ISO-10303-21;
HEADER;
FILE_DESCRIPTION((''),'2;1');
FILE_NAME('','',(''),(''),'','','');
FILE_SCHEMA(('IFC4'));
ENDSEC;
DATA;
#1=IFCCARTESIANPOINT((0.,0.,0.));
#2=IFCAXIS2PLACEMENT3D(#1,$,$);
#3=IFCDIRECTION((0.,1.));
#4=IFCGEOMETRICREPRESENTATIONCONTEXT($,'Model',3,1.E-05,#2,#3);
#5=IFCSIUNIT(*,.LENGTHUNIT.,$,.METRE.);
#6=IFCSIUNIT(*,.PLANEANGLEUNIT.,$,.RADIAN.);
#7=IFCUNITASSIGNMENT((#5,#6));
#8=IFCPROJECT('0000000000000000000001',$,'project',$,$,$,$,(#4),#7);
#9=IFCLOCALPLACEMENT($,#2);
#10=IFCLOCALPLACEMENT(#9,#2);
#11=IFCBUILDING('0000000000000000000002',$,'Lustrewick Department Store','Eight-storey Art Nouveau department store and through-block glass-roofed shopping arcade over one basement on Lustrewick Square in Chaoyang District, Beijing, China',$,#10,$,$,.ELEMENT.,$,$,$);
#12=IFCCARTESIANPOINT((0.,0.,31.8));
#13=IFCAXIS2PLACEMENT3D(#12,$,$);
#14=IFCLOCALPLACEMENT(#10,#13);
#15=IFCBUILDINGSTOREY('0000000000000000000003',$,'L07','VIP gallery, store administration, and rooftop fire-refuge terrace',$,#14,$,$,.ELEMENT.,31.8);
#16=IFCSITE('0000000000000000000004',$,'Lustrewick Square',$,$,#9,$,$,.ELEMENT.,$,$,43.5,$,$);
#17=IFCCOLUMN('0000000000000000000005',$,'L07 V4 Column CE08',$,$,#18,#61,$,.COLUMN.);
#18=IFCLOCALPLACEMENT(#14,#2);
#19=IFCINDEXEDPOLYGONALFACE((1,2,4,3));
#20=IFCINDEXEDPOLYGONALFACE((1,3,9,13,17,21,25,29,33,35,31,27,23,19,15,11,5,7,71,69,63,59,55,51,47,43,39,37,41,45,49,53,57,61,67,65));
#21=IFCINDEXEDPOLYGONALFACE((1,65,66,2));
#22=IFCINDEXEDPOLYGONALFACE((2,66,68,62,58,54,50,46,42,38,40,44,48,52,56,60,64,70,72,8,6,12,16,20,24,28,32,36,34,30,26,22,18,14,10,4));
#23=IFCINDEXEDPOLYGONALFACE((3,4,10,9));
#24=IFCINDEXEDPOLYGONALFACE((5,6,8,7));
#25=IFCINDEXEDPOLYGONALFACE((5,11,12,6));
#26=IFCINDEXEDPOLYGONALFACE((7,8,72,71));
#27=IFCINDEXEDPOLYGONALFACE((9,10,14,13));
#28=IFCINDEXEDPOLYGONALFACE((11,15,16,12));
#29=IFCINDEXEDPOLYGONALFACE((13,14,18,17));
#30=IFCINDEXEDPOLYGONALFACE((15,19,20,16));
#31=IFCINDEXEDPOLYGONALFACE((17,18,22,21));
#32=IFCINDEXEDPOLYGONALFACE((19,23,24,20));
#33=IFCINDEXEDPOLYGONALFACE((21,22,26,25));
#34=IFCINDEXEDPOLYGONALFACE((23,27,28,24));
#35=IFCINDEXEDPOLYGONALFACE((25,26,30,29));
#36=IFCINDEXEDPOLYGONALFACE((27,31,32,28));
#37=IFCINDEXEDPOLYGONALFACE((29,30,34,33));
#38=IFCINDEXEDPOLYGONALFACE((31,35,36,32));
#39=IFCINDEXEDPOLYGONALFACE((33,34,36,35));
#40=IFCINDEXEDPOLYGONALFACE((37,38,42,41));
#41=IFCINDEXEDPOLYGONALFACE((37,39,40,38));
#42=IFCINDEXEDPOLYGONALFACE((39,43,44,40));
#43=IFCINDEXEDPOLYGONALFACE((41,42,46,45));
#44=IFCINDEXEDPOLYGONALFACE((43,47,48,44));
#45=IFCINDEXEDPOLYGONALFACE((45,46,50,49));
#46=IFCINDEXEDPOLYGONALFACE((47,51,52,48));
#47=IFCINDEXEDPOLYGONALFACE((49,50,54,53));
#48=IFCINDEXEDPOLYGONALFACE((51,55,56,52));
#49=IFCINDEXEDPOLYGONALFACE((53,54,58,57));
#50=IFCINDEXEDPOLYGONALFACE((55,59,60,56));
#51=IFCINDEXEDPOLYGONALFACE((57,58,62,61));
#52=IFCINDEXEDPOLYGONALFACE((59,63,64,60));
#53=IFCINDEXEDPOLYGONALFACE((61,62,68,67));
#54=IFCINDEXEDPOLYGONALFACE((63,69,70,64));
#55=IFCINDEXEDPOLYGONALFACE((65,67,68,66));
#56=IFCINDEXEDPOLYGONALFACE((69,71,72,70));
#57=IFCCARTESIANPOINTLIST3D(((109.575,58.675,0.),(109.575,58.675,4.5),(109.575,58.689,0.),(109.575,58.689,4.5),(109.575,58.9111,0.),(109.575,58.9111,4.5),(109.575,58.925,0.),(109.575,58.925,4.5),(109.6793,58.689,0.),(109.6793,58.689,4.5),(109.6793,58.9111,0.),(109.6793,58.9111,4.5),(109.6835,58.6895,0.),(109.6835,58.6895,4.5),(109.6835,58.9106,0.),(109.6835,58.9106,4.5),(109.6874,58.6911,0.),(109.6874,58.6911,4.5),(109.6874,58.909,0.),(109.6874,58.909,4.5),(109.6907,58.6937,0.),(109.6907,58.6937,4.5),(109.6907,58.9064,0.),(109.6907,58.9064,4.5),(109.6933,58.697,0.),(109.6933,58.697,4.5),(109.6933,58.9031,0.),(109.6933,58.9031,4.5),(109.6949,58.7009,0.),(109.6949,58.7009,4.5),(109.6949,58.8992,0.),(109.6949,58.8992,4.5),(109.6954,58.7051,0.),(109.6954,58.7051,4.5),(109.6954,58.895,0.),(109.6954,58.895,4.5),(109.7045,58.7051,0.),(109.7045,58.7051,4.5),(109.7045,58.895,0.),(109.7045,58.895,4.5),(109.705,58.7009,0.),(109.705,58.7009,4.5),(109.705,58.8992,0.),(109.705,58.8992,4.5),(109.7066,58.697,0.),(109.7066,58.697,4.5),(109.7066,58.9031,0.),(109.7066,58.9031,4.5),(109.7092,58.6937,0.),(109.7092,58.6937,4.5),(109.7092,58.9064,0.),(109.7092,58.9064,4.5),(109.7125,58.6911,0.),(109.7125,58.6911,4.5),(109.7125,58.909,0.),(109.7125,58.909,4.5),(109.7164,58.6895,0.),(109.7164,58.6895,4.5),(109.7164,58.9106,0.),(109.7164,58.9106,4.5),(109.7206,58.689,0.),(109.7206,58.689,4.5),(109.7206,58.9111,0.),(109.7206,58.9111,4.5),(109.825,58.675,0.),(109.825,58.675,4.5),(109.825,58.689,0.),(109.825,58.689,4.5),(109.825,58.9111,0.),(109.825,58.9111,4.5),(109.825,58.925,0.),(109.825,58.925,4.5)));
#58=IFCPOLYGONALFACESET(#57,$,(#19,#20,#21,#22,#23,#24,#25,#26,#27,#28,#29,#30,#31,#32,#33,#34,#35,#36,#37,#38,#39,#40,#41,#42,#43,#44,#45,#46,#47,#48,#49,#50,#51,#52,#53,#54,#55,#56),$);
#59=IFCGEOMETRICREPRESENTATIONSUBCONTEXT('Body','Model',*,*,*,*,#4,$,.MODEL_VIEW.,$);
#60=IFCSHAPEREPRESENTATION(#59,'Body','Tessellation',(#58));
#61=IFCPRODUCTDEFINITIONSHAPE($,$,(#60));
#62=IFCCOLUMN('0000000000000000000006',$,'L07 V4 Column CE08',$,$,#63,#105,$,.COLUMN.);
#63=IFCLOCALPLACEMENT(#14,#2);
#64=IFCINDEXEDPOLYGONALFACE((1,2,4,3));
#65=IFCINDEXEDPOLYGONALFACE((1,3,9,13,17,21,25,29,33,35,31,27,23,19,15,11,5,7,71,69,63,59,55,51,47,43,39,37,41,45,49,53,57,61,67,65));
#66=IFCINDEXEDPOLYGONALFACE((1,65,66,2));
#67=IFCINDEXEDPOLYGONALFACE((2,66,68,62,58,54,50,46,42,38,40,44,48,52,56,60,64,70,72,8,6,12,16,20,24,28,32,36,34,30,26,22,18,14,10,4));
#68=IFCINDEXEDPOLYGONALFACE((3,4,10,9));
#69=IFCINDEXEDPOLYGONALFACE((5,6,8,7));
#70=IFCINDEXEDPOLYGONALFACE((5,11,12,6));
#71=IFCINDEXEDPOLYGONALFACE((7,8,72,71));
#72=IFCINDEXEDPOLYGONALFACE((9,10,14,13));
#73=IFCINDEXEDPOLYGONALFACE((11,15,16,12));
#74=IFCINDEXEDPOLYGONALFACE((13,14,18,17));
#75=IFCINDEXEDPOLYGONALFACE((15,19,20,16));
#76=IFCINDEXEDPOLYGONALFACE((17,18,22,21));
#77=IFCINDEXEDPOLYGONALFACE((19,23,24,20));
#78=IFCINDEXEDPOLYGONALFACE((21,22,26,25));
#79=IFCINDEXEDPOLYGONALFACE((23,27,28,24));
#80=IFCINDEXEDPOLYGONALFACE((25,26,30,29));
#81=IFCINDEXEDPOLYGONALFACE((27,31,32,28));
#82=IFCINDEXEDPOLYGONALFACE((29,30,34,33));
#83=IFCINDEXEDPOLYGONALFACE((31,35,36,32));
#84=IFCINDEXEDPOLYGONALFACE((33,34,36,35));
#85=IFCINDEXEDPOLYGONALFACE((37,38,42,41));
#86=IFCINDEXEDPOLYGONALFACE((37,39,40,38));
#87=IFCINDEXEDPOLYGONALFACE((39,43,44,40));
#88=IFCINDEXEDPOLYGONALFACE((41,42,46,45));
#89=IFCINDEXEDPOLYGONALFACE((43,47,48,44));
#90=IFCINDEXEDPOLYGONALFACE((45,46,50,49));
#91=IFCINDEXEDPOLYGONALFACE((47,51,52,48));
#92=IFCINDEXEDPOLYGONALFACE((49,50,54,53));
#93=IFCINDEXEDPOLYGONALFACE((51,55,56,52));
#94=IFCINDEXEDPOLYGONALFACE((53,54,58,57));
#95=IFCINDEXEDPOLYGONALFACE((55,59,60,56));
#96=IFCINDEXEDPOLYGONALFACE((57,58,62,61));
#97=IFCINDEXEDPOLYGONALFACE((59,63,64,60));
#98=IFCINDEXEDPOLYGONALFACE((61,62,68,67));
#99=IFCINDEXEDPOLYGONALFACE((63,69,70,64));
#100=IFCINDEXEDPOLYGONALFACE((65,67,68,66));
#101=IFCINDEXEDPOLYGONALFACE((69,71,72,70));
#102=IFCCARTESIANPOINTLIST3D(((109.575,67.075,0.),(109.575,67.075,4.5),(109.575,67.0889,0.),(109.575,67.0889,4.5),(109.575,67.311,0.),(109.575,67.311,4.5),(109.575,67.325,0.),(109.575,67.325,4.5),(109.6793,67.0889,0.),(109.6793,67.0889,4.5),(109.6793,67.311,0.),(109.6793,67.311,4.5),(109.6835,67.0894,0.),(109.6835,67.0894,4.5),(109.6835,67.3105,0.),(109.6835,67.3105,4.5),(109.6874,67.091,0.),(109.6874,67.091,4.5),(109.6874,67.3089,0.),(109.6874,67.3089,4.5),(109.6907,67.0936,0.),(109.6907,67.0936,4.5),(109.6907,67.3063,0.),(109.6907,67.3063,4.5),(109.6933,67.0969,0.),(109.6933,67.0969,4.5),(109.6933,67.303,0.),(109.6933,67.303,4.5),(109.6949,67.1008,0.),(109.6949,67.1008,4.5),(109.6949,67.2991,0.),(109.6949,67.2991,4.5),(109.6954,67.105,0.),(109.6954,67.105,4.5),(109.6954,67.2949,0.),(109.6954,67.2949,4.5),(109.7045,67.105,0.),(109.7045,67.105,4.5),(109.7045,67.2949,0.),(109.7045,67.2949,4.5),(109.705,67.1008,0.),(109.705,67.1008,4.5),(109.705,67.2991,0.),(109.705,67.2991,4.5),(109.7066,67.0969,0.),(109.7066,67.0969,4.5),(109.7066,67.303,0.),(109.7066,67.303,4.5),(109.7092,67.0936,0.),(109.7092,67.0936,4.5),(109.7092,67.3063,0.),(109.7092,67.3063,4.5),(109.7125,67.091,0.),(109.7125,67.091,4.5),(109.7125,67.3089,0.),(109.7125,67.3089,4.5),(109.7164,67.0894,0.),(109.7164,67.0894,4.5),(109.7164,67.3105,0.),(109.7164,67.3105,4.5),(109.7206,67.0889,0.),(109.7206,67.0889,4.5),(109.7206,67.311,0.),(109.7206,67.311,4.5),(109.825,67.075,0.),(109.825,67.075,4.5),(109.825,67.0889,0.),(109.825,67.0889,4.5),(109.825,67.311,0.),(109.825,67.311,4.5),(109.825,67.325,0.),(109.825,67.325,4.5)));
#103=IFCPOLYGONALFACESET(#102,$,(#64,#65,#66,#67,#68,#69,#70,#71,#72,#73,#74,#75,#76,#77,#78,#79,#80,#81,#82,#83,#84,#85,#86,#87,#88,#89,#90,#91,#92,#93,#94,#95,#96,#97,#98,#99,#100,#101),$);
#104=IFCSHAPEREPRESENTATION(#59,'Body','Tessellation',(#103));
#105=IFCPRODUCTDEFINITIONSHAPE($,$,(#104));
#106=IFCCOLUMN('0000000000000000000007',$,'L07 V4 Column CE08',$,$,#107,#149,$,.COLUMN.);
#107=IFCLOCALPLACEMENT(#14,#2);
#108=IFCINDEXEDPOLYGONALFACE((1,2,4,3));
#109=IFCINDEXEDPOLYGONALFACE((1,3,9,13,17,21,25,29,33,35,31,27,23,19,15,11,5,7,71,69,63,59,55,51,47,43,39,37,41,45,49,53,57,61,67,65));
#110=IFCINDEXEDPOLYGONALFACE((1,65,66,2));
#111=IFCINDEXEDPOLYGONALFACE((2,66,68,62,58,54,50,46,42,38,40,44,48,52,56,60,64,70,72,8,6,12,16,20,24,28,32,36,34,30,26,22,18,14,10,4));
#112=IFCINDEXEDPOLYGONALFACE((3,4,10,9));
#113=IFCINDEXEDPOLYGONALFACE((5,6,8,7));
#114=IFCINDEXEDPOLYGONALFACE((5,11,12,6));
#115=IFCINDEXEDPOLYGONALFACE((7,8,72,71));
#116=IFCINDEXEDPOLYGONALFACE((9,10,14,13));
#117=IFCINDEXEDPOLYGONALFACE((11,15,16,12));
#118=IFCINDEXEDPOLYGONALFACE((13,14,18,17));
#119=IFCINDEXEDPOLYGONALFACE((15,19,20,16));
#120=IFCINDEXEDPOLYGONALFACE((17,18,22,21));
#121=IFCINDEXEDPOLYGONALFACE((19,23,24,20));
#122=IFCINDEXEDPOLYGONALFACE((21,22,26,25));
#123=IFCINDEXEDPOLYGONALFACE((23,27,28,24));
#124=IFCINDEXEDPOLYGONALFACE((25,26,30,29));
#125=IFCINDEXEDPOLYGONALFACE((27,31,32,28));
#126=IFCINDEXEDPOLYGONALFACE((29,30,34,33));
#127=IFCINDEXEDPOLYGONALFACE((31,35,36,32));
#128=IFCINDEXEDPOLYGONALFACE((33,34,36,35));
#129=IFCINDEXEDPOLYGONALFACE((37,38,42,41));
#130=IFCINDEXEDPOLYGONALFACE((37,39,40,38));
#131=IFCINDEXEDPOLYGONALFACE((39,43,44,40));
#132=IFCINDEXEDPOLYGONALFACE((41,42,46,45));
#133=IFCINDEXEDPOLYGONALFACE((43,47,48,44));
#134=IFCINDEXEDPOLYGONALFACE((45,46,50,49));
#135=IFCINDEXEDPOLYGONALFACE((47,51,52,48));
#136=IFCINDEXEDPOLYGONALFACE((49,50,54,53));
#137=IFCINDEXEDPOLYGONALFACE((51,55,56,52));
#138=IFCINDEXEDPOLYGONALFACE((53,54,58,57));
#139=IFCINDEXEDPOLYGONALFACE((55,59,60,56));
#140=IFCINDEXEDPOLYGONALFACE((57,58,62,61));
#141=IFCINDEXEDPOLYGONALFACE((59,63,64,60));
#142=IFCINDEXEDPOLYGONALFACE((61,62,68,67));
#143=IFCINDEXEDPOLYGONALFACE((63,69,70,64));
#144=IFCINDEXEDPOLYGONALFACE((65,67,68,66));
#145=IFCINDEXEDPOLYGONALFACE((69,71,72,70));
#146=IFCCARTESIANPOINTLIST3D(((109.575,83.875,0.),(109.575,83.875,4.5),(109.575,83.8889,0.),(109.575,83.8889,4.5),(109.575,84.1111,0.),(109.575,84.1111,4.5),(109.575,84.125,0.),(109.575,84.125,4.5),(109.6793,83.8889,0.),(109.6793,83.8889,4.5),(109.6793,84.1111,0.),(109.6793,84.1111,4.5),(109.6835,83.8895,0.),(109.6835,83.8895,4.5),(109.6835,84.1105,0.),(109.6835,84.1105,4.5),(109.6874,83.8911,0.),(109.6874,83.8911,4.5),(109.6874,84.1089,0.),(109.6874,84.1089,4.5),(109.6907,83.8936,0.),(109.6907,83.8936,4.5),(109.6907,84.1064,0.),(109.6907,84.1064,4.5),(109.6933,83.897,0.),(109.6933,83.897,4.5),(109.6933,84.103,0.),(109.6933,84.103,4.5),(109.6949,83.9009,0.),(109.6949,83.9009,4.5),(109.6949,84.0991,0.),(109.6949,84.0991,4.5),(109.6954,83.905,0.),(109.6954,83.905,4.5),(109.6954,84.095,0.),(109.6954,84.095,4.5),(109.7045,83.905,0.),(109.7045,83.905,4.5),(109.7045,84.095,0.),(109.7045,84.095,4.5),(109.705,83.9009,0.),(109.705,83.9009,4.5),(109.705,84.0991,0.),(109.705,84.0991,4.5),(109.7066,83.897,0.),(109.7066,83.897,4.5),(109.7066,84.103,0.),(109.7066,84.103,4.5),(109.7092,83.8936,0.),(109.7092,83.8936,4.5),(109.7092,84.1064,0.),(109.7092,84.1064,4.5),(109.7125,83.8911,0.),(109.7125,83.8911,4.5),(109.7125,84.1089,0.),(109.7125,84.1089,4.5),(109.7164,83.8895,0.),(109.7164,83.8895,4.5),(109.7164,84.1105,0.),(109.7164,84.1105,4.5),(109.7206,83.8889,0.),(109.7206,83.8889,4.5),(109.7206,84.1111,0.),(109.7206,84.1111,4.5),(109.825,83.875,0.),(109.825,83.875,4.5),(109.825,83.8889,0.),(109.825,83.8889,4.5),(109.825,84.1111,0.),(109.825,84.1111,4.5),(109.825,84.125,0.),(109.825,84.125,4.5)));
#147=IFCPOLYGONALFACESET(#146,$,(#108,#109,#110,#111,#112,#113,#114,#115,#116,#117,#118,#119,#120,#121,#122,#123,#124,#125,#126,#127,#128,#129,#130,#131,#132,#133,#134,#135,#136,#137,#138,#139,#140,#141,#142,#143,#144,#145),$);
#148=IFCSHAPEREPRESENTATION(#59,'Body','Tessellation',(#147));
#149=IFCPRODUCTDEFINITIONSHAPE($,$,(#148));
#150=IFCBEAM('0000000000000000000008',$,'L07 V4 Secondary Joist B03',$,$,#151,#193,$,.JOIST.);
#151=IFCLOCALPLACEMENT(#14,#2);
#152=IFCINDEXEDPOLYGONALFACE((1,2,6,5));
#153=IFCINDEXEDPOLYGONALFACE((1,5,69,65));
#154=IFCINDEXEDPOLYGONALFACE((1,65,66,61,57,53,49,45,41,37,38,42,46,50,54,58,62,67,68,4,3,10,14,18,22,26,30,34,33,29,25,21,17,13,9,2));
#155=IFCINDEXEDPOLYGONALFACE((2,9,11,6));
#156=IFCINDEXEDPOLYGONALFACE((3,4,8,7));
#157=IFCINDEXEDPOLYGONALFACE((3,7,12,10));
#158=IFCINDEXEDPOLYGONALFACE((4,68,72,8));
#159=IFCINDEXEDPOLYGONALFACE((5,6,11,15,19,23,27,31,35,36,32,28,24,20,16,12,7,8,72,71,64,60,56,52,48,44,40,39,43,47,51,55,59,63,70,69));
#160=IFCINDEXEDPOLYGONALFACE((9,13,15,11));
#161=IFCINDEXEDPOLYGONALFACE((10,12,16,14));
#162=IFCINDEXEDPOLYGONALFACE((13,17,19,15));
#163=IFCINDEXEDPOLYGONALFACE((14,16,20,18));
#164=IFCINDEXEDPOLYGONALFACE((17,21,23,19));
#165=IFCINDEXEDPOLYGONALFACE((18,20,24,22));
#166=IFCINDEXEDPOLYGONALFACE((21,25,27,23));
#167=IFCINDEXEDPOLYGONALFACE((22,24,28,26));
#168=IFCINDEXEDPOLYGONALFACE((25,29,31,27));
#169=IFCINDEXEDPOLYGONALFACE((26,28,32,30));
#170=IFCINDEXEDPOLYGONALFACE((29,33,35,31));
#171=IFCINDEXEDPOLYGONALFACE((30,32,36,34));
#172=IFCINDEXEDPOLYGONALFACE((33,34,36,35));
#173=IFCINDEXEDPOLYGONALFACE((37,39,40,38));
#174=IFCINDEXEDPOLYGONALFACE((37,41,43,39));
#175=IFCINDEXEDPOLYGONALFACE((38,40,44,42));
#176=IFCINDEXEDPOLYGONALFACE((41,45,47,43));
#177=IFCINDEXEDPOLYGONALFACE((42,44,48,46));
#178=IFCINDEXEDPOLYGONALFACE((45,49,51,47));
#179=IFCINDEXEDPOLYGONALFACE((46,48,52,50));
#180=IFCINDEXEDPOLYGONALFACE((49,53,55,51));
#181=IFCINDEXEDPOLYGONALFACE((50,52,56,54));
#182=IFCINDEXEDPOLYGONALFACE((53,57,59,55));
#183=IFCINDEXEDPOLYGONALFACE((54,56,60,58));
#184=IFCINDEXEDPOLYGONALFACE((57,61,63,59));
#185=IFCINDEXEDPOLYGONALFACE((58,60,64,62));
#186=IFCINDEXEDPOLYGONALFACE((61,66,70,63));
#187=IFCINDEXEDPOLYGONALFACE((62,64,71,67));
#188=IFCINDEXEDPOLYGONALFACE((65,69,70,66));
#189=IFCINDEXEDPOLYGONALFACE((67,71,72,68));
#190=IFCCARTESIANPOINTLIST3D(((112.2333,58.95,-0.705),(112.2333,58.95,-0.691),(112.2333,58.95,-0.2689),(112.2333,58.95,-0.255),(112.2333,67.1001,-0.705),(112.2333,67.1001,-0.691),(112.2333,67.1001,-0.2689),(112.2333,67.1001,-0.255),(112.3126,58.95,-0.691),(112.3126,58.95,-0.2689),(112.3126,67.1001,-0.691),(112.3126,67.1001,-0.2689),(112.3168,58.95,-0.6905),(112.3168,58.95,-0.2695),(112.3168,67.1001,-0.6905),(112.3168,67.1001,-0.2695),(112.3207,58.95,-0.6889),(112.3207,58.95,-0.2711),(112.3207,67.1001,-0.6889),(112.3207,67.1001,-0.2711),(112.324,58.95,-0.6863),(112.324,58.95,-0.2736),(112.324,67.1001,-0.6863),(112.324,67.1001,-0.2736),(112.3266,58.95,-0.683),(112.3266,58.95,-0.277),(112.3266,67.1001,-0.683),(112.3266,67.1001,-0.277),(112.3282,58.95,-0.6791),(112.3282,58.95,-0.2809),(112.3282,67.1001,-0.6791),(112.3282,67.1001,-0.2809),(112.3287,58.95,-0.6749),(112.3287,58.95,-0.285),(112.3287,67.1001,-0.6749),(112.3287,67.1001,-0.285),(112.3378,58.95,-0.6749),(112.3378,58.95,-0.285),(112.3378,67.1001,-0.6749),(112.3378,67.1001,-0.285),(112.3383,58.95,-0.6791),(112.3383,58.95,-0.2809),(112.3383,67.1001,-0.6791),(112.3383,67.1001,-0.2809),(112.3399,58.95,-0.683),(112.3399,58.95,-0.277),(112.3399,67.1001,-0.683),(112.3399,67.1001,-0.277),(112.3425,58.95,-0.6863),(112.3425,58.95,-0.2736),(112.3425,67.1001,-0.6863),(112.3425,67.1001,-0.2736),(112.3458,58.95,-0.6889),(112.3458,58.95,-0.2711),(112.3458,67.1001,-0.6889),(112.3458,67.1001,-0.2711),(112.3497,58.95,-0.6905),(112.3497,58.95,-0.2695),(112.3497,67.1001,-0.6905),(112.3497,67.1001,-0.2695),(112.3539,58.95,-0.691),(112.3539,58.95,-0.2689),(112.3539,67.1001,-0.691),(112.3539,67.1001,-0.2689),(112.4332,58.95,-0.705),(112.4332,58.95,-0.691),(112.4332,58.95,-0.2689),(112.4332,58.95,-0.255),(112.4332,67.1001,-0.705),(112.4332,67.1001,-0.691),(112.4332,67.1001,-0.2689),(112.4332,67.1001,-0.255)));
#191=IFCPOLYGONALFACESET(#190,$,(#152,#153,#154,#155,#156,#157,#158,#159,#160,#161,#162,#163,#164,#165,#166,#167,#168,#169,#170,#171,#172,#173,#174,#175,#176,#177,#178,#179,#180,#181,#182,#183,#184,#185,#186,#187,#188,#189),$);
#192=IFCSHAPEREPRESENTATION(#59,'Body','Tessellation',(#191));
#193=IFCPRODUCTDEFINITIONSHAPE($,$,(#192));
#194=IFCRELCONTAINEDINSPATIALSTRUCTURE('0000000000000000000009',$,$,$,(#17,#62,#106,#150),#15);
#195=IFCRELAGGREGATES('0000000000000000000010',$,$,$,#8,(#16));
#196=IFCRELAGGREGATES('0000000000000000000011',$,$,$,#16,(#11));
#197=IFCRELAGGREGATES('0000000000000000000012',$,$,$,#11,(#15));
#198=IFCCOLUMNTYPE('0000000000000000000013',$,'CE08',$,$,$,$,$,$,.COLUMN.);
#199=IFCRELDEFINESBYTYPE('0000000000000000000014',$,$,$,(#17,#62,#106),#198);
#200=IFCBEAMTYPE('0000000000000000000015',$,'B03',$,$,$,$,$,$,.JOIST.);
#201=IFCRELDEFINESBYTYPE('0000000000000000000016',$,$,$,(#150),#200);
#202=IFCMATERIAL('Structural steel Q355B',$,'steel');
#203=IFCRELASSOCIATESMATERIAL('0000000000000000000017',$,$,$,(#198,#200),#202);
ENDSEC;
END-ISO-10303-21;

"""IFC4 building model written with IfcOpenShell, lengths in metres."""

from ifc_helpers import new_model, si_unit, direction, frame, origin, origin_2d, place, context, subcontext, project, spatial, i_section, extrude, material, material_profile, profile_set, type_object, element, save


model = new_model("IFC4")

# Units and contexts
model_context = context("Model", 3, precision=1e-05, world=origin(), true_north=direction((0.0, 1.0)))
body_context = subcontext(model_context, "Body", "Model", "MODEL_VIEW")
ifc_project = project(units=[si_unit("LENGTHUNIT", "METRE"), si_unit("PLANEANGLEUNIT", "RADIAN")], contexts=[model_context])

# Site, building, storey
site_placement = place(None, origin())
site = spatial("IfcSite", under=ifc_project, at=site_placement, Name="Lustrewick Square", CompositionType="ELEMENT", RefElevation=43.5)
building_placement = place(site_placement, origin())
building = spatial("IfcBuilding", under=site, at=building_placement, Name="Lustrewick Department Store", Description="Eight-storey Art Nouveau department store and through-block glass-roofed shopping arcade over one basement on Lustrewick Square in Chaoyang District, Beijing, China", CompositionType="ELEMENT")
storey_placement = place(building_placement, frame((0.0, 0.0, 31.8)))
storey = spatial("IfcBuildingStorey", under=building, at=storey_placement, Name="L07", Description="VIP gallery, store administration, and rooftop fire-refuge terrace", CompositionType="ELEMENT", Elevation=31.8)

# Columns
ifc_material_1 = material(Name="Structural steel Q355B", Category="steel")
ifc_material_profile_1 = material_profile(ifc_material_1, i_section(OverallWidth=0.25, OverallDepth=0.25, WebThickness=0.009, FlangeThickness=0.0139, FilletRadius=0.0161, at=origin_2d()), Name="HW 250x250x9x14")
ifc_profile_set_1 = profile_set([ifc_material_profile_1], Name="Structural steel Q355B")
column_type_1 = type_object("IfcColumnType", Name="CE08", PredefinedType="COLUMN", material=ifc_profile_set_1)
for number, where, z_axis, x_axis, name in (
    (1, (109.7, 58.8, 0.0), (0.0, 0.0, 1.0), (1.0, 0.0, 0.0), "L07 V4 Column CE08"),
    (2, (109.7, 67.2, 0.0), (0.0, 0.0, 1.0), (1.0, 0.0, 0.0), "L07 V4 Column CE08"),
    (3, (109.7, 84.0, 0.0), (0.0, 0.0, 1.0), (1.0, 0.0, 0.0), "L07 V4 Column CE08"),
):
    element("IfcColumn", number, at=place(storey_placement, frame(where, z_axis=z_axis, x_axis=x_axis)), inside=storey, type_object=column_type_1, Name=name, PredefinedType="COLUMN", context=body_context, shape_type="SweptSolid", body=[
        extrude(i_section(OverallWidth=0.25, OverallDepth=0.25, WebThickness=0.009, FlangeThickness=0.0139, FilletRadius=0.0161, at=origin_2d()), origin(), (0.0, 0.0, 1.0), 4.5),
    ])

# Beam
ifc_material_profile_2 = material_profile(ifc_material_1, i_section(OverallWidth=0.2, OverallDepth=0.45, WebThickness=0.009, FlangeThickness=0.0139, FilletRadius=0.0161, at=origin_2d()), Name="HN 450x200x9x14")
ifc_profile_set_2 = profile_set([ifc_material_profile_2], Name="Structural steel Q355B")
beam_type_1 = type_object("IfcBeamType", Name="B03", PredefinedType="JOIST", material=ifc_profile_set_2)
beam_1_placement = place(storey_placement, frame((112.3333, 58.95, -0.48), z_axis=(0.0, 1.0, 0.0), x_axis=(-1.0, 0.0, 0.0)))
element("IfcBeam", 4, at=beam_1_placement, inside=storey, type_object=beam_type_1, Name="L07 V4 Secondary Joist B03", PredefinedType="JOIST", context=body_context, shape_type="SweptSolid", body=[
    extrude(i_section(OverallWidth=0.2, OverallDepth=0.45, WebThickness=0.009, FlangeThickness=0.0139, FilletRadius=0.0161, at=origin_2d()), origin(), (0.0, 0.0, 1.0), 8.1501),
])

save(model, "model.ifc")
